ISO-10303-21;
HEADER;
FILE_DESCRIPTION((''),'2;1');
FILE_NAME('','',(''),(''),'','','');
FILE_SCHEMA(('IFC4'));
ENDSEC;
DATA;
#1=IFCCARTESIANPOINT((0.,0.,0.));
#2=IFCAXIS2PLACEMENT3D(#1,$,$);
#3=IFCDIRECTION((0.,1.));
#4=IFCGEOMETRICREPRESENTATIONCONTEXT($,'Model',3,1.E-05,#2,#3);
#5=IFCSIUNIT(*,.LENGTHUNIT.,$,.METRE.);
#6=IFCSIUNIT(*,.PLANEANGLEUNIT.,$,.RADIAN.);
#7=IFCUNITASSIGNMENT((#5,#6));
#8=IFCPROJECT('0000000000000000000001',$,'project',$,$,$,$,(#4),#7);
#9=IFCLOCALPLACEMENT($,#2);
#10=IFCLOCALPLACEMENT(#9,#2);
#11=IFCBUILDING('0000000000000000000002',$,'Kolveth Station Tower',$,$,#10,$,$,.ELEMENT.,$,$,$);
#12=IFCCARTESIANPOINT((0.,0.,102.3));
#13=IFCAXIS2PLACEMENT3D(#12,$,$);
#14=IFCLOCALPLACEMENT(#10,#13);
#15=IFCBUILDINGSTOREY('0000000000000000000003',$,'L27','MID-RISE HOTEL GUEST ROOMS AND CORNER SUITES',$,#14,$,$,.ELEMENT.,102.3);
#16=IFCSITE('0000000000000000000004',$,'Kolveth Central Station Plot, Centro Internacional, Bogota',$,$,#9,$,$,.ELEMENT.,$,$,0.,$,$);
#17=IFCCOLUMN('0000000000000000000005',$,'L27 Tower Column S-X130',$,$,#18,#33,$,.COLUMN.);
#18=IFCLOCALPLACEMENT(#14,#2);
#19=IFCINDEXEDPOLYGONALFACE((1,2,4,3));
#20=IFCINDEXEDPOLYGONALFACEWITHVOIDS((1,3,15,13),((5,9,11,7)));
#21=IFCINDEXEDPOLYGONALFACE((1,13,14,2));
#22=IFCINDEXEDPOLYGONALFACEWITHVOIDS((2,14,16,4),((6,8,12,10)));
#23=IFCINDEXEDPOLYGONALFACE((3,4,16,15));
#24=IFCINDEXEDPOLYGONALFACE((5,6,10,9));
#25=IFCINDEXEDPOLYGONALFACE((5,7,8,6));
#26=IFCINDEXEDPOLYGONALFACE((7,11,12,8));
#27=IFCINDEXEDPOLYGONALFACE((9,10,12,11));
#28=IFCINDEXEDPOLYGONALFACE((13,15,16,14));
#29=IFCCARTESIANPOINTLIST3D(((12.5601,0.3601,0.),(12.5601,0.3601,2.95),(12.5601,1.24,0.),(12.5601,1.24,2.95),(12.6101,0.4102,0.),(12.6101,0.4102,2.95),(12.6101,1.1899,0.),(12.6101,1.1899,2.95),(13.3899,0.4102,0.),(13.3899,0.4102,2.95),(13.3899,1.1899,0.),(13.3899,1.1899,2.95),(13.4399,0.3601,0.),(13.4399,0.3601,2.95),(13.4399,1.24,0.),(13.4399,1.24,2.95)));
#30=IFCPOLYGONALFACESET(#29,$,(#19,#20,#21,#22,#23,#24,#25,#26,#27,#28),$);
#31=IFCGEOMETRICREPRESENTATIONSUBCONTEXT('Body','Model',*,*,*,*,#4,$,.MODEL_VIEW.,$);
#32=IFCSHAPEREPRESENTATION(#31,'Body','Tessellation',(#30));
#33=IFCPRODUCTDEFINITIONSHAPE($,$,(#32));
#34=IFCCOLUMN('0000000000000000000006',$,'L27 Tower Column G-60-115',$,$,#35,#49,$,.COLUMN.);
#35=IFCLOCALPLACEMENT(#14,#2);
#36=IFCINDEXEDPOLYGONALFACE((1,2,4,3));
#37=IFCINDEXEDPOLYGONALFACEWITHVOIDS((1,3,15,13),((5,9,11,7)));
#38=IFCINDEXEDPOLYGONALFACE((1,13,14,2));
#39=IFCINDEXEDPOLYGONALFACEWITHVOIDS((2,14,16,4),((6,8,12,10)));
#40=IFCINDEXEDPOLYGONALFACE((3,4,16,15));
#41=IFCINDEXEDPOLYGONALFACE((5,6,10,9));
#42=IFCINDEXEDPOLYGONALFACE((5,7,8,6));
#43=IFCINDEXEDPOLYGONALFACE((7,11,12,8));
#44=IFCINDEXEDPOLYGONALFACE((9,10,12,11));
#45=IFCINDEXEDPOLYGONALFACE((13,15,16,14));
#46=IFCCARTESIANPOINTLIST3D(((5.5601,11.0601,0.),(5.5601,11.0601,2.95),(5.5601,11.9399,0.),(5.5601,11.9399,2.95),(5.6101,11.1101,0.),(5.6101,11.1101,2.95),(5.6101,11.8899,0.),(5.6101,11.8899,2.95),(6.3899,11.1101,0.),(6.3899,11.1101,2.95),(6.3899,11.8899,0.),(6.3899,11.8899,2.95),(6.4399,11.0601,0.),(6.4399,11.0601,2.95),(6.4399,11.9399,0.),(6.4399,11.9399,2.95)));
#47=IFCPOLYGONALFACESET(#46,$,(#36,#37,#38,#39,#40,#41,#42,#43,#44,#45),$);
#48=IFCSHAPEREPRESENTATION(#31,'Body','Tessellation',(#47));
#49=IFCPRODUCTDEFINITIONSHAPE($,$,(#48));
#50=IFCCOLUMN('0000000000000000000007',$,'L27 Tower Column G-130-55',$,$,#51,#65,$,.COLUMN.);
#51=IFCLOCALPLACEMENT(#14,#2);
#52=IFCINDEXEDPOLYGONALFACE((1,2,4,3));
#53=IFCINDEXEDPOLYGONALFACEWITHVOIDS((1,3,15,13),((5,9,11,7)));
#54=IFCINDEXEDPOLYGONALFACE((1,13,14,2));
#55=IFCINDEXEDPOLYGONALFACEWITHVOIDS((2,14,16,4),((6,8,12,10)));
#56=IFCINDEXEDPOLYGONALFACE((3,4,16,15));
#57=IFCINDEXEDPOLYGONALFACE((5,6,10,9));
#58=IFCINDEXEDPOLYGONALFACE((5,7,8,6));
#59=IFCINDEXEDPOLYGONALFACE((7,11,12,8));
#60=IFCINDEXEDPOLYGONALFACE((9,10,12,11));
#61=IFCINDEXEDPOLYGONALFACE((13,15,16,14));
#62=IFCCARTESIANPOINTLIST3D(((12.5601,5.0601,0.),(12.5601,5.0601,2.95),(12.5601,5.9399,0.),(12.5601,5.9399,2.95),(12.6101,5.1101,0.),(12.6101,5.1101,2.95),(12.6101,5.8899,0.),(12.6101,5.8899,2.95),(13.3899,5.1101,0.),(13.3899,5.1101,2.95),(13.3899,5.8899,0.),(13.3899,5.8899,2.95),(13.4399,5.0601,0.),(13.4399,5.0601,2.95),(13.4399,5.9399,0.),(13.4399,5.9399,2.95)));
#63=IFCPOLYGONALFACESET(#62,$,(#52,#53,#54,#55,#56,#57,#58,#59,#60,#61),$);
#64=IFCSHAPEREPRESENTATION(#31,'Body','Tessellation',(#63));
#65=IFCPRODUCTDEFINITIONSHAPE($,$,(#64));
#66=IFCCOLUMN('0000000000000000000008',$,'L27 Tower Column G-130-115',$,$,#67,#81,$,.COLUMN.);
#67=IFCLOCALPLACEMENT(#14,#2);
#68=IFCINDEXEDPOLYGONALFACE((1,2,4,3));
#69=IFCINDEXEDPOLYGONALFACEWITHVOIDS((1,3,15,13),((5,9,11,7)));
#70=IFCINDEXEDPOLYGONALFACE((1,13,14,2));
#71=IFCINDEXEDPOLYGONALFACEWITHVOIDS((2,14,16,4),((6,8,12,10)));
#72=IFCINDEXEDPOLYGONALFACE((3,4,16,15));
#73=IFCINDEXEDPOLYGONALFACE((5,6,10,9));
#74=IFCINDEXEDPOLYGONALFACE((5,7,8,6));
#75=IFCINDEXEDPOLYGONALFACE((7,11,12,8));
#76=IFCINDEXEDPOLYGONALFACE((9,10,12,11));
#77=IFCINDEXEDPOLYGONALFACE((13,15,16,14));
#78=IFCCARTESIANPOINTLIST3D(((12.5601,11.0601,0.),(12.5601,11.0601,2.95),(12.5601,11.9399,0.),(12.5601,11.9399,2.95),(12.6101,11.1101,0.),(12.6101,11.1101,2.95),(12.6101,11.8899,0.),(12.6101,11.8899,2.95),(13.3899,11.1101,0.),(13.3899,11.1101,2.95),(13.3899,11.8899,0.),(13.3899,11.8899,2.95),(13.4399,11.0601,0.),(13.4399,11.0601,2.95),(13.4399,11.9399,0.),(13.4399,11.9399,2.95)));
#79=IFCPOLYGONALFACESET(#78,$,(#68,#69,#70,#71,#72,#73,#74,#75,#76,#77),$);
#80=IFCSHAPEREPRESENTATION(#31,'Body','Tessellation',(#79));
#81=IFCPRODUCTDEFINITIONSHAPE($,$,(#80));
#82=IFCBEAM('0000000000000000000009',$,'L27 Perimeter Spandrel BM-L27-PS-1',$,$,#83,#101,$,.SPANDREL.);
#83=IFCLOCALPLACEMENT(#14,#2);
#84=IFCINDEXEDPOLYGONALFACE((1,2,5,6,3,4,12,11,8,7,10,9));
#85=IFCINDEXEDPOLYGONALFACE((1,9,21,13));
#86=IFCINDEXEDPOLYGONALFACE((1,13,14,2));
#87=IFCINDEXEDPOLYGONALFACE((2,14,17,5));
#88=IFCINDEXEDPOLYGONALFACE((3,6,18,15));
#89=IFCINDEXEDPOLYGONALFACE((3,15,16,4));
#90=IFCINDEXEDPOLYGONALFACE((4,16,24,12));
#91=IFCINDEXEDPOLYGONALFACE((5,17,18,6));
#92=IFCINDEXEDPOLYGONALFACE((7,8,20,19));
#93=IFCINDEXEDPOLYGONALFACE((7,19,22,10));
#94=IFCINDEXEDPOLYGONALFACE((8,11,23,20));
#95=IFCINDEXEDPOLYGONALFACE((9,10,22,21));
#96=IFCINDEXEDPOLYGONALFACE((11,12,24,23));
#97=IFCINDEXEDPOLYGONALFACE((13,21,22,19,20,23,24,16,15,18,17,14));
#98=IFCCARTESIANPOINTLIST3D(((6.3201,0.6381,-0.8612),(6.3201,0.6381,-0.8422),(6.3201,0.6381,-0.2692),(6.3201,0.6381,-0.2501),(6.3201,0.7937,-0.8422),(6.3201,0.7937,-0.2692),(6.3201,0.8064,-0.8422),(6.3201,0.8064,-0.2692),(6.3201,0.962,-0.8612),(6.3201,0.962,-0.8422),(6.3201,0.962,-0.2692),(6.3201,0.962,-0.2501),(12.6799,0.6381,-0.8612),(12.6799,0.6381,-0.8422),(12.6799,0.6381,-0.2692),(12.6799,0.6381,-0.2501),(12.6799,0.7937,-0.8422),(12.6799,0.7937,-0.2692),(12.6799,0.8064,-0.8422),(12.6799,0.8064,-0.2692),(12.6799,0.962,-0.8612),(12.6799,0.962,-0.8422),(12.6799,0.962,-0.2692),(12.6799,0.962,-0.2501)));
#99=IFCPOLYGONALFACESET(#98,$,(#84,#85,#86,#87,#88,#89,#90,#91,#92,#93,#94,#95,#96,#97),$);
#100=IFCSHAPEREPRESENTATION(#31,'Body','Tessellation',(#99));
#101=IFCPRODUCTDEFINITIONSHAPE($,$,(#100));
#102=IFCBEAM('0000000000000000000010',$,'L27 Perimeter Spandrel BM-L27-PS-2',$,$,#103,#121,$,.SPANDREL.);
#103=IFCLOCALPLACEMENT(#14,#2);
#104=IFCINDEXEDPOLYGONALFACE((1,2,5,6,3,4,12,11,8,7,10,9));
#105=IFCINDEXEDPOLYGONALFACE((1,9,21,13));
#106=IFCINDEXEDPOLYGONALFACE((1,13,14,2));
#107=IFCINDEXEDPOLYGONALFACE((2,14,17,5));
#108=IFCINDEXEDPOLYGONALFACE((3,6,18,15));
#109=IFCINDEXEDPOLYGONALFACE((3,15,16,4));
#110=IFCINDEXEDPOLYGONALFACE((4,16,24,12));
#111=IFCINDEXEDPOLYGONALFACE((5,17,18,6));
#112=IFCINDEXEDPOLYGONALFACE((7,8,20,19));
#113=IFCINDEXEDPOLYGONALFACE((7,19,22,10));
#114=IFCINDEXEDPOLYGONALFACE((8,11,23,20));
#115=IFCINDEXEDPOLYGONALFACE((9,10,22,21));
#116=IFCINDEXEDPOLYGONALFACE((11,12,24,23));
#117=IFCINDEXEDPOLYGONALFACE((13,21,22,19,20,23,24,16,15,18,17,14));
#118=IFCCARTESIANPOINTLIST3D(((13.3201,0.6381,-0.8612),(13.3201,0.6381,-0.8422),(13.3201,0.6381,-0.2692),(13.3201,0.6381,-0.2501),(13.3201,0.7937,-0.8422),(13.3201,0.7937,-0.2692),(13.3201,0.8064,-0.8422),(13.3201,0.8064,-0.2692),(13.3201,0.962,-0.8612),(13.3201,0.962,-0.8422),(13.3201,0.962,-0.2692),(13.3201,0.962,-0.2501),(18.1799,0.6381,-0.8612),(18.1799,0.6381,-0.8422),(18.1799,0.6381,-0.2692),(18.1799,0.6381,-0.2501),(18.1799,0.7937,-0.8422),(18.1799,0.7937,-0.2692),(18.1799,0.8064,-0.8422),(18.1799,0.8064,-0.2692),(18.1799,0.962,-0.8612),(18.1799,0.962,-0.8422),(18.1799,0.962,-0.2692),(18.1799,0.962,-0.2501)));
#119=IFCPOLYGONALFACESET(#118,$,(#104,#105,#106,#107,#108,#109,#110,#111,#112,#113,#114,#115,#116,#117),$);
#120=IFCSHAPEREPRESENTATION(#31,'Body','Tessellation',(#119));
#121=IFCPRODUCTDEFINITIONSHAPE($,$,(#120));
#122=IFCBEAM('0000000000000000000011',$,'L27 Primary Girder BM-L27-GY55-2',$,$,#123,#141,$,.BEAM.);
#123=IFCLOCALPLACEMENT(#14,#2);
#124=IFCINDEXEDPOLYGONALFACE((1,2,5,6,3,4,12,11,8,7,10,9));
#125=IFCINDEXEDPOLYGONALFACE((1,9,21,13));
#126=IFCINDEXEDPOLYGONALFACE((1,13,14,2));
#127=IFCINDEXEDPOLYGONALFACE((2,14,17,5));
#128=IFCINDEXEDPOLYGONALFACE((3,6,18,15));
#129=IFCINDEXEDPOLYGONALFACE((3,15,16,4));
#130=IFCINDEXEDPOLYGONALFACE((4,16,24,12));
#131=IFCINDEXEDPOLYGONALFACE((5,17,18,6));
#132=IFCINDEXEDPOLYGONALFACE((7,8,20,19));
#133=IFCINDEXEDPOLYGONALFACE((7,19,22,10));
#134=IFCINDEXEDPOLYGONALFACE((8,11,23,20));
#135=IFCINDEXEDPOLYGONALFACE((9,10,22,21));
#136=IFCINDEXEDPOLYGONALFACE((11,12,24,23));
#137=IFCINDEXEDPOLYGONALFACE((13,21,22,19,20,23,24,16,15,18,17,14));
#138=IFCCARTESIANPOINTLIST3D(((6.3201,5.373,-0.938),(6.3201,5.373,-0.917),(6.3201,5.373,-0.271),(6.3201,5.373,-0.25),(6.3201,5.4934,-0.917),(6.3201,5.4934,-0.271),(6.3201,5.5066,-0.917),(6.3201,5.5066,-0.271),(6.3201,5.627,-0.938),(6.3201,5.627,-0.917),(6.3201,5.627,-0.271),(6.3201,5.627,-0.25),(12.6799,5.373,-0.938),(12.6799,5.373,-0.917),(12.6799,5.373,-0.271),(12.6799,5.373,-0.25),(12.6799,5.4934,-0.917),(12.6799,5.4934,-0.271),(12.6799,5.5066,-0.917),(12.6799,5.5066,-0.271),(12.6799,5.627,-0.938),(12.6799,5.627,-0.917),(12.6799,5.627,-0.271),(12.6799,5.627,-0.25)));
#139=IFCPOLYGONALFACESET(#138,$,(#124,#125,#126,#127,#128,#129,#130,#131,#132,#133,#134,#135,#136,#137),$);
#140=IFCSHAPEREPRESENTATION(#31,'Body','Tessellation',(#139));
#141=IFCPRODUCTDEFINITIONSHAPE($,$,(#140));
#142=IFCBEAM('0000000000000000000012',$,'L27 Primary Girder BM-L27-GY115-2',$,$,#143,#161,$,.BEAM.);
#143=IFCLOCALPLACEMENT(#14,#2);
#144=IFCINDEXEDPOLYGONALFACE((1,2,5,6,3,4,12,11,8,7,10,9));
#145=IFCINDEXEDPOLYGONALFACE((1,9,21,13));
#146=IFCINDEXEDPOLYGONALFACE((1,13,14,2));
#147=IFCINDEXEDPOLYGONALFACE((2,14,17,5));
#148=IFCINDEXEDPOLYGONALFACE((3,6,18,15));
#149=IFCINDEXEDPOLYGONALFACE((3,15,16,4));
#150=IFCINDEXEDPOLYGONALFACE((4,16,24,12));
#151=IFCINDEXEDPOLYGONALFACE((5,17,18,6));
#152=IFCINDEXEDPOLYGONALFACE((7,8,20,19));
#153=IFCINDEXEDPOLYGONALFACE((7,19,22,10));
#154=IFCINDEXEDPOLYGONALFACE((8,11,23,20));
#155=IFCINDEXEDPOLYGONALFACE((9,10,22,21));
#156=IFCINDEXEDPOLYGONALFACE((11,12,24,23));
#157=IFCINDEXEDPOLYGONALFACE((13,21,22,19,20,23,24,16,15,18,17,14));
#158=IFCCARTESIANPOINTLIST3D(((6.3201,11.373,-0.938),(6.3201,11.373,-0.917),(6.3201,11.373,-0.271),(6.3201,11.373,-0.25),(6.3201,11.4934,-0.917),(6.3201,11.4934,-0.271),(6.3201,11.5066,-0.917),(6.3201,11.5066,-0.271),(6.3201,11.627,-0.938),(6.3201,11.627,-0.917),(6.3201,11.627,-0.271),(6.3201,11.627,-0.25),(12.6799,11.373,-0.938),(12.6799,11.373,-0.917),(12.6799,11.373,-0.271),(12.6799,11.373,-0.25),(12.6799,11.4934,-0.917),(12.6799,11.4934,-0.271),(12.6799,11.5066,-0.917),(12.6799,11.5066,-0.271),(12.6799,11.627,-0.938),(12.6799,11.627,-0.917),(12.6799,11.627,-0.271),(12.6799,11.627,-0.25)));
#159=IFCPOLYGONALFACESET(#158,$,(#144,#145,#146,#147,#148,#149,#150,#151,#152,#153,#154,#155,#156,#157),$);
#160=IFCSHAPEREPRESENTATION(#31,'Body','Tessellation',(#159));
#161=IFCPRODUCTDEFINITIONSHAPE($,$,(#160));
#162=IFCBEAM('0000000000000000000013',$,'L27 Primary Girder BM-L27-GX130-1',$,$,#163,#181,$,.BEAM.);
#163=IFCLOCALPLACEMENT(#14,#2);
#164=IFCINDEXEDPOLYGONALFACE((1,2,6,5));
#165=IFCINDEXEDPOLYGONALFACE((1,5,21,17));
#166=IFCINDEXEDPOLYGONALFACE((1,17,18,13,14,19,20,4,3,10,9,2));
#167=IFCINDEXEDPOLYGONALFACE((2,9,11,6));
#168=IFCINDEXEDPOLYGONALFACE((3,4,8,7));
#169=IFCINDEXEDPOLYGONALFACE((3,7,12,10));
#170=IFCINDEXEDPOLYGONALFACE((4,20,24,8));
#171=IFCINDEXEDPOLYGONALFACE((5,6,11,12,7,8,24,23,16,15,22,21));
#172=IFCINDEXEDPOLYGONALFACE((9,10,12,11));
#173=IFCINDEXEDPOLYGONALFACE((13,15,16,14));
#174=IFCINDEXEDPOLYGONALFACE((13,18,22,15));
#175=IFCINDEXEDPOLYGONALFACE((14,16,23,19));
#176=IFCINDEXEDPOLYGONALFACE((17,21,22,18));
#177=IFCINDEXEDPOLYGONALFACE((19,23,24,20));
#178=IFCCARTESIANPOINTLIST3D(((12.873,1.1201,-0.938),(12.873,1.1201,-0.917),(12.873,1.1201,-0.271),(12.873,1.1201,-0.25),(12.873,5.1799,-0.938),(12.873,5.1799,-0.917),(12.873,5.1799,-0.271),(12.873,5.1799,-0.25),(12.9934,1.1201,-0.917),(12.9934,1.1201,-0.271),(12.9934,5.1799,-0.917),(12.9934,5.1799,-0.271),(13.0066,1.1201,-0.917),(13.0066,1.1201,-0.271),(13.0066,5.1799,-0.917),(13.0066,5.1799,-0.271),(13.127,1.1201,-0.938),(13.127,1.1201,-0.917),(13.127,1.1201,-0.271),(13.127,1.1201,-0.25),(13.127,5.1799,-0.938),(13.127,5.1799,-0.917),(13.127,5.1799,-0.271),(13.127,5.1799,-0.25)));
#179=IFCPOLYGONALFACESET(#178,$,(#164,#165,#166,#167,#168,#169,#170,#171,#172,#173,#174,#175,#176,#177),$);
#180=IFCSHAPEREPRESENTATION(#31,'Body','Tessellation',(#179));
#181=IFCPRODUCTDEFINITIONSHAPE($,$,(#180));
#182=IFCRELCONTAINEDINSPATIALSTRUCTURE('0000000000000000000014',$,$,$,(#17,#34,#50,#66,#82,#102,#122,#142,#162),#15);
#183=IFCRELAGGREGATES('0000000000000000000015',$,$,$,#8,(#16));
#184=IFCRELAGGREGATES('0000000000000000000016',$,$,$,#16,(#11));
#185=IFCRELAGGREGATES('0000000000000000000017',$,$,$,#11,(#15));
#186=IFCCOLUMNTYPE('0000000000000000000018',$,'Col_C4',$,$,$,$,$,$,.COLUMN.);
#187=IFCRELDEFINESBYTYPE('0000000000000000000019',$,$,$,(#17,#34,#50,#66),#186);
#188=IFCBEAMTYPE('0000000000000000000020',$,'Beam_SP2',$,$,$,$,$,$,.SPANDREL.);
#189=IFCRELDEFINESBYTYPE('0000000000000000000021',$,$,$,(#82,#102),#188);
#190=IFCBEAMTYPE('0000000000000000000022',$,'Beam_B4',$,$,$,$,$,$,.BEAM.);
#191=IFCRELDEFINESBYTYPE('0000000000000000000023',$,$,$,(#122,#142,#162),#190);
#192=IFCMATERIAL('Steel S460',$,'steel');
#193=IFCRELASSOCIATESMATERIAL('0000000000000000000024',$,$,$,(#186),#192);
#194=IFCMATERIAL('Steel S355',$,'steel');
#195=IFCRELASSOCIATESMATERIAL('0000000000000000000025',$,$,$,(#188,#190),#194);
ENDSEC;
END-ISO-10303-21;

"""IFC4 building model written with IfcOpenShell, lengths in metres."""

from ifc_helpers import new_model, si_unit, direction, frame, origin, origin_2d, place, context, subcontext, project, spatial, hollow_rectangle, i_section, extrude, source, transform, mapped, material, material_profile, profile_set, type_object, element, save


model = new_model("IFC4")

# Units and contexts
model_context = context("Model", 3, precision=1e-05, world=origin(), true_north=direction((0.0, 1.0)))
body_context = subcontext(model_context, "Body", "Model", "MODEL_VIEW")
ifc_project = project(units=[si_unit("LENGTHUNIT", "METRE"), si_unit("PLANEANGLEUNIT", "RADIAN")], contexts=[model_context])

# Site, building, storey
site_placement = place(None, origin())
site = spatial("IfcSite", under=ifc_project, at=site_placement, Name="Kolveth Central Station Plot, Centro Internacional, Bogota", CompositionType="ELEMENT", RefElevation=0.0)
building_placement = place(site_placement, origin())
building = spatial("IfcBuilding", under=site, at=building_placement, Name="Kolveth Station Tower", CompositionType="ELEMENT")
storey_placement = place(building_placement, frame((0.0, 0.0, 102.3)))
storey = spatial("IfcBuildingStorey", under=building, at=storey_placement, Name="L27", Description="MID-RISE HOTEL GUEST ROOMS AND CORNER SUITES", CompositionType="ELEMENT", Elevation=102.3)

# Columns
ifc_material_1 = material(Name="Steel S460", Category="steel")
ifc_material_profile_1 = material_profile(ifc_material_1, hollow_rectangle(XDim=0.8799, YDim=0.8799, WallThickness=0.05, at=origin_2d()), Name="BOX880x880x50")
ifc_profile_set_1 = profile_set([ifc_material_profile_1], Name="Steel S460")
column_type = type_object("IfcColumnType", Name="Col_C4", PredefinedType="COLUMN", material=ifc_profile_set_1)
shared_shape_1 = source(origin(), body_context, "Body", "SweptSolid", [
    extrude(hollow_rectangle(XDim=0.8799, YDim=0.8799, WallThickness=0.05, at=origin_2d()), origin(), (0.0, 0.0, 1.0), 2.95),
])
for number, where, z_axis, x_axis, name in (
    (1, (13.0, 0.8, 0.0), (0.0, 0.0, 1.0), (1.0, 0.0, 0.0), "L27 Tower Column S-X130"),
    (2, (6.0, 11.5, 0.0), (0.0, 0.0, 1.0), (1.0, 0.0, 0.0), "L27 Tower Column G-60-115"),
    (3, (13.0, 5.5, 0.0), (0.0, 0.0, 1.0), (1.0, 0.0, 0.0), "L27 Tower Column G-130-55"),
    (4, (13.0, 11.5, 0.0), (0.0, 0.0, 1.0), (1.0, 0.0, 0.0), "L27 Tower Column G-130-115"),
):
    element("IfcColumn", number, at=place(storey_placement, frame(where, z_axis=z_axis, x_axis=x_axis)), inside=storey, type_object=column_type, Name=name, PredefinedType="COLUMN", context=body_context, shape_type="MappedRepresentation", body=[
        mapped(shared_shape_1, transform((0.0, 0.0, 0.0), x_axis=(1.0, 0.0, 0.0), y_axis=(0.0, 1.0, 0.0), z_axis=(0.0, 0.0, 1.0), scale=1.0)),
    ])

# Beams
ifc_material_2 = material(Name="Steel S355", Category="steel")
ifc_material_profile_2 = material_profile(ifc_material_2, i_section(OverallWidth=0.324, OverallDepth=0.6111, WebThickness=0.0127, FlangeThickness=0.019, at=origin_2d()), Name="W610x155")
ifc_profile_set_2 = profile_set([ifc_material_profile_2], Name="Steel S355")
beam_type_1 = type_object("IfcBeamType", Name="Beam_SP2", PredefinedType="SPANDREL", material=ifc_profile_set_2)
shared_shape_2 = source(origin(), body_context, "Body", "SweptSolid", [
    extrude(i_section(OverallWidth=0.324, OverallDepth=0.6111, WebThickness=0.0127, FlangeThickness=0.019, at=origin_2d()), origin(), (0.0, 0.0, 1.0), 6.3599),
])
beam_1_placement = place(storey_placement, frame((6.3201, 0.8, -0.5557), z_axis=(1.0, 0.0, 0.0), x_axis=(0.0, 1.0, 0.0)))
element("IfcBeam", 5, at=beam_1_placement, inside=storey, type_object=beam_type_1, Name="L27 Perimeter Spandrel BM-L27-PS-1", PredefinedType="SPANDREL", context=body_context, shape_type="MappedRepresentation", body=[
    mapped(shared_shape_2, transform((0.0, 0.0, 0.0), x_axis=(1.0, 0.0, 0.0), y_axis=(0.0, 1.0, 0.0), z_axis=(0.0, 0.0, 1.0), scale=1.0)),
])
shared_shape_3 = source(origin(), body_context, "Body", "SweptSolid", [
    extrude(i_section(OverallWidth=0.324, OverallDepth=0.6111, WebThickness=0.0127, FlangeThickness=0.019, at=origin_2d()), origin(), (0.0, 0.0, 1.0), 4.8599),
])
beam_2_placement = place(storey_placement, frame((13.3201, 0.8, -0.5557), z_axis=(1.0, 0.0, 0.0), x_axis=(0.0, 1.0, 0.0)))
element("IfcBeam", 6, at=beam_2_placement, inside=storey, type_object=beam_type_1, Name="L27 Perimeter Spandrel BM-L27-PS-2", PredefinedType="SPANDREL", context=body_context, shape_type="MappedRepresentation", body=[
    mapped(shared_shape_3, transform((0.0, 0.0, 0.0), x_axis=(1.0, 0.0, 0.0), y_axis=(0.0, 1.0, 0.0), z_axis=(0.0, 0.0, 1.0), scale=1.0)),
])
ifc_material_profile_3 = material_profile(ifc_material_2, i_section(OverallWidth=0.2539, OverallDepth=0.688, WebThickness=0.0132, FlangeThickness=0.021, at=origin_2d()), Name="W690x152")
ifc_profile_set_3 = profile_set([ifc_material_profile_3], Name="Steel S355")
beam_type_2 = type_object("IfcBeamType", Name="Beam_B4", PredefinedType="BEAM", material=ifc_profile_set_3)
shared_shape_4 = source(origin(), body_context, "Body", "SweptSolid", [
    extrude(i_section(OverallWidth=0.2539, OverallDepth=0.688, WebThickness=0.0132, FlangeThickness=0.021, at=origin_2d()), origin(), (0.0, 0.0, 1.0), 6.3599),
])
for number, where, z_axis, x_axis, name in (
    (7, (6.3201, 5.5, -0.594), (1.0, 0.0, 0.0), (0.0, 1.0, 0.0), "L27 Primary Girder BM-L27-GY55-2"),
    (8, (6.3201, 11.5, -0.594), (1.0, 0.0, 0.0), (0.0, 1.0, 0.0), "L27 Primary Girder BM-L27-GY115-2"),
):
    element("IfcBeam", number, at=place(storey_placement, frame(where, z_axis=z_axis, x_axis=x_axis)), inside=storey, type_object=beam_type_2, Name=name, PredefinedType="BEAM", context=body_context, shape_type="MappedRepresentation", body=[
        mapped(shared_shape_4, transform((0.0, 0.0, 0.0), x_axis=(1.0, 0.0, 0.0), y_axis=(0.0, 1.0, 0.0), z_axis=(0.0, 0.0, 1.0), scale=1.0)),
    ])
shared_shape_5 = source(origin(), body_context, "Body", "SweptSolid", [
    extrude(i_section(OverallWidth=0.2539, OverallDepth=0.688, WebThickness=0.0132, FlangeThickness=0.021, at=origin_2d()), origin(), (0.0, 0.0, 1.0), 4.0598),
])
beam_3_placement = place(storey_placement, frame((13.0, 1.1201, -0.594), z_axis=(0.0, 1.0, 0.0), x_axis=(-1.0, 0.0, 0.0)))
element("IfcBeam", 9, at=beam_3_placement, inside=storey, type_object=beam_type_2, Name="L27 Primary Girder BM-L27-GX130-1", PredefinedType="BEAM", context=body_context, shape_type="MappedRepresentation", body=[
    mapped(shared_shape_5, transform((0.0, 0.0, 0.0), x_axis=(1.0, 0.0, 0.0), y_axis=(0.0, 1.0, 0.0), z_axis=(0.0, 0.0, 1.0), scale=1.0)),
])

save(model, "model.ifc")
